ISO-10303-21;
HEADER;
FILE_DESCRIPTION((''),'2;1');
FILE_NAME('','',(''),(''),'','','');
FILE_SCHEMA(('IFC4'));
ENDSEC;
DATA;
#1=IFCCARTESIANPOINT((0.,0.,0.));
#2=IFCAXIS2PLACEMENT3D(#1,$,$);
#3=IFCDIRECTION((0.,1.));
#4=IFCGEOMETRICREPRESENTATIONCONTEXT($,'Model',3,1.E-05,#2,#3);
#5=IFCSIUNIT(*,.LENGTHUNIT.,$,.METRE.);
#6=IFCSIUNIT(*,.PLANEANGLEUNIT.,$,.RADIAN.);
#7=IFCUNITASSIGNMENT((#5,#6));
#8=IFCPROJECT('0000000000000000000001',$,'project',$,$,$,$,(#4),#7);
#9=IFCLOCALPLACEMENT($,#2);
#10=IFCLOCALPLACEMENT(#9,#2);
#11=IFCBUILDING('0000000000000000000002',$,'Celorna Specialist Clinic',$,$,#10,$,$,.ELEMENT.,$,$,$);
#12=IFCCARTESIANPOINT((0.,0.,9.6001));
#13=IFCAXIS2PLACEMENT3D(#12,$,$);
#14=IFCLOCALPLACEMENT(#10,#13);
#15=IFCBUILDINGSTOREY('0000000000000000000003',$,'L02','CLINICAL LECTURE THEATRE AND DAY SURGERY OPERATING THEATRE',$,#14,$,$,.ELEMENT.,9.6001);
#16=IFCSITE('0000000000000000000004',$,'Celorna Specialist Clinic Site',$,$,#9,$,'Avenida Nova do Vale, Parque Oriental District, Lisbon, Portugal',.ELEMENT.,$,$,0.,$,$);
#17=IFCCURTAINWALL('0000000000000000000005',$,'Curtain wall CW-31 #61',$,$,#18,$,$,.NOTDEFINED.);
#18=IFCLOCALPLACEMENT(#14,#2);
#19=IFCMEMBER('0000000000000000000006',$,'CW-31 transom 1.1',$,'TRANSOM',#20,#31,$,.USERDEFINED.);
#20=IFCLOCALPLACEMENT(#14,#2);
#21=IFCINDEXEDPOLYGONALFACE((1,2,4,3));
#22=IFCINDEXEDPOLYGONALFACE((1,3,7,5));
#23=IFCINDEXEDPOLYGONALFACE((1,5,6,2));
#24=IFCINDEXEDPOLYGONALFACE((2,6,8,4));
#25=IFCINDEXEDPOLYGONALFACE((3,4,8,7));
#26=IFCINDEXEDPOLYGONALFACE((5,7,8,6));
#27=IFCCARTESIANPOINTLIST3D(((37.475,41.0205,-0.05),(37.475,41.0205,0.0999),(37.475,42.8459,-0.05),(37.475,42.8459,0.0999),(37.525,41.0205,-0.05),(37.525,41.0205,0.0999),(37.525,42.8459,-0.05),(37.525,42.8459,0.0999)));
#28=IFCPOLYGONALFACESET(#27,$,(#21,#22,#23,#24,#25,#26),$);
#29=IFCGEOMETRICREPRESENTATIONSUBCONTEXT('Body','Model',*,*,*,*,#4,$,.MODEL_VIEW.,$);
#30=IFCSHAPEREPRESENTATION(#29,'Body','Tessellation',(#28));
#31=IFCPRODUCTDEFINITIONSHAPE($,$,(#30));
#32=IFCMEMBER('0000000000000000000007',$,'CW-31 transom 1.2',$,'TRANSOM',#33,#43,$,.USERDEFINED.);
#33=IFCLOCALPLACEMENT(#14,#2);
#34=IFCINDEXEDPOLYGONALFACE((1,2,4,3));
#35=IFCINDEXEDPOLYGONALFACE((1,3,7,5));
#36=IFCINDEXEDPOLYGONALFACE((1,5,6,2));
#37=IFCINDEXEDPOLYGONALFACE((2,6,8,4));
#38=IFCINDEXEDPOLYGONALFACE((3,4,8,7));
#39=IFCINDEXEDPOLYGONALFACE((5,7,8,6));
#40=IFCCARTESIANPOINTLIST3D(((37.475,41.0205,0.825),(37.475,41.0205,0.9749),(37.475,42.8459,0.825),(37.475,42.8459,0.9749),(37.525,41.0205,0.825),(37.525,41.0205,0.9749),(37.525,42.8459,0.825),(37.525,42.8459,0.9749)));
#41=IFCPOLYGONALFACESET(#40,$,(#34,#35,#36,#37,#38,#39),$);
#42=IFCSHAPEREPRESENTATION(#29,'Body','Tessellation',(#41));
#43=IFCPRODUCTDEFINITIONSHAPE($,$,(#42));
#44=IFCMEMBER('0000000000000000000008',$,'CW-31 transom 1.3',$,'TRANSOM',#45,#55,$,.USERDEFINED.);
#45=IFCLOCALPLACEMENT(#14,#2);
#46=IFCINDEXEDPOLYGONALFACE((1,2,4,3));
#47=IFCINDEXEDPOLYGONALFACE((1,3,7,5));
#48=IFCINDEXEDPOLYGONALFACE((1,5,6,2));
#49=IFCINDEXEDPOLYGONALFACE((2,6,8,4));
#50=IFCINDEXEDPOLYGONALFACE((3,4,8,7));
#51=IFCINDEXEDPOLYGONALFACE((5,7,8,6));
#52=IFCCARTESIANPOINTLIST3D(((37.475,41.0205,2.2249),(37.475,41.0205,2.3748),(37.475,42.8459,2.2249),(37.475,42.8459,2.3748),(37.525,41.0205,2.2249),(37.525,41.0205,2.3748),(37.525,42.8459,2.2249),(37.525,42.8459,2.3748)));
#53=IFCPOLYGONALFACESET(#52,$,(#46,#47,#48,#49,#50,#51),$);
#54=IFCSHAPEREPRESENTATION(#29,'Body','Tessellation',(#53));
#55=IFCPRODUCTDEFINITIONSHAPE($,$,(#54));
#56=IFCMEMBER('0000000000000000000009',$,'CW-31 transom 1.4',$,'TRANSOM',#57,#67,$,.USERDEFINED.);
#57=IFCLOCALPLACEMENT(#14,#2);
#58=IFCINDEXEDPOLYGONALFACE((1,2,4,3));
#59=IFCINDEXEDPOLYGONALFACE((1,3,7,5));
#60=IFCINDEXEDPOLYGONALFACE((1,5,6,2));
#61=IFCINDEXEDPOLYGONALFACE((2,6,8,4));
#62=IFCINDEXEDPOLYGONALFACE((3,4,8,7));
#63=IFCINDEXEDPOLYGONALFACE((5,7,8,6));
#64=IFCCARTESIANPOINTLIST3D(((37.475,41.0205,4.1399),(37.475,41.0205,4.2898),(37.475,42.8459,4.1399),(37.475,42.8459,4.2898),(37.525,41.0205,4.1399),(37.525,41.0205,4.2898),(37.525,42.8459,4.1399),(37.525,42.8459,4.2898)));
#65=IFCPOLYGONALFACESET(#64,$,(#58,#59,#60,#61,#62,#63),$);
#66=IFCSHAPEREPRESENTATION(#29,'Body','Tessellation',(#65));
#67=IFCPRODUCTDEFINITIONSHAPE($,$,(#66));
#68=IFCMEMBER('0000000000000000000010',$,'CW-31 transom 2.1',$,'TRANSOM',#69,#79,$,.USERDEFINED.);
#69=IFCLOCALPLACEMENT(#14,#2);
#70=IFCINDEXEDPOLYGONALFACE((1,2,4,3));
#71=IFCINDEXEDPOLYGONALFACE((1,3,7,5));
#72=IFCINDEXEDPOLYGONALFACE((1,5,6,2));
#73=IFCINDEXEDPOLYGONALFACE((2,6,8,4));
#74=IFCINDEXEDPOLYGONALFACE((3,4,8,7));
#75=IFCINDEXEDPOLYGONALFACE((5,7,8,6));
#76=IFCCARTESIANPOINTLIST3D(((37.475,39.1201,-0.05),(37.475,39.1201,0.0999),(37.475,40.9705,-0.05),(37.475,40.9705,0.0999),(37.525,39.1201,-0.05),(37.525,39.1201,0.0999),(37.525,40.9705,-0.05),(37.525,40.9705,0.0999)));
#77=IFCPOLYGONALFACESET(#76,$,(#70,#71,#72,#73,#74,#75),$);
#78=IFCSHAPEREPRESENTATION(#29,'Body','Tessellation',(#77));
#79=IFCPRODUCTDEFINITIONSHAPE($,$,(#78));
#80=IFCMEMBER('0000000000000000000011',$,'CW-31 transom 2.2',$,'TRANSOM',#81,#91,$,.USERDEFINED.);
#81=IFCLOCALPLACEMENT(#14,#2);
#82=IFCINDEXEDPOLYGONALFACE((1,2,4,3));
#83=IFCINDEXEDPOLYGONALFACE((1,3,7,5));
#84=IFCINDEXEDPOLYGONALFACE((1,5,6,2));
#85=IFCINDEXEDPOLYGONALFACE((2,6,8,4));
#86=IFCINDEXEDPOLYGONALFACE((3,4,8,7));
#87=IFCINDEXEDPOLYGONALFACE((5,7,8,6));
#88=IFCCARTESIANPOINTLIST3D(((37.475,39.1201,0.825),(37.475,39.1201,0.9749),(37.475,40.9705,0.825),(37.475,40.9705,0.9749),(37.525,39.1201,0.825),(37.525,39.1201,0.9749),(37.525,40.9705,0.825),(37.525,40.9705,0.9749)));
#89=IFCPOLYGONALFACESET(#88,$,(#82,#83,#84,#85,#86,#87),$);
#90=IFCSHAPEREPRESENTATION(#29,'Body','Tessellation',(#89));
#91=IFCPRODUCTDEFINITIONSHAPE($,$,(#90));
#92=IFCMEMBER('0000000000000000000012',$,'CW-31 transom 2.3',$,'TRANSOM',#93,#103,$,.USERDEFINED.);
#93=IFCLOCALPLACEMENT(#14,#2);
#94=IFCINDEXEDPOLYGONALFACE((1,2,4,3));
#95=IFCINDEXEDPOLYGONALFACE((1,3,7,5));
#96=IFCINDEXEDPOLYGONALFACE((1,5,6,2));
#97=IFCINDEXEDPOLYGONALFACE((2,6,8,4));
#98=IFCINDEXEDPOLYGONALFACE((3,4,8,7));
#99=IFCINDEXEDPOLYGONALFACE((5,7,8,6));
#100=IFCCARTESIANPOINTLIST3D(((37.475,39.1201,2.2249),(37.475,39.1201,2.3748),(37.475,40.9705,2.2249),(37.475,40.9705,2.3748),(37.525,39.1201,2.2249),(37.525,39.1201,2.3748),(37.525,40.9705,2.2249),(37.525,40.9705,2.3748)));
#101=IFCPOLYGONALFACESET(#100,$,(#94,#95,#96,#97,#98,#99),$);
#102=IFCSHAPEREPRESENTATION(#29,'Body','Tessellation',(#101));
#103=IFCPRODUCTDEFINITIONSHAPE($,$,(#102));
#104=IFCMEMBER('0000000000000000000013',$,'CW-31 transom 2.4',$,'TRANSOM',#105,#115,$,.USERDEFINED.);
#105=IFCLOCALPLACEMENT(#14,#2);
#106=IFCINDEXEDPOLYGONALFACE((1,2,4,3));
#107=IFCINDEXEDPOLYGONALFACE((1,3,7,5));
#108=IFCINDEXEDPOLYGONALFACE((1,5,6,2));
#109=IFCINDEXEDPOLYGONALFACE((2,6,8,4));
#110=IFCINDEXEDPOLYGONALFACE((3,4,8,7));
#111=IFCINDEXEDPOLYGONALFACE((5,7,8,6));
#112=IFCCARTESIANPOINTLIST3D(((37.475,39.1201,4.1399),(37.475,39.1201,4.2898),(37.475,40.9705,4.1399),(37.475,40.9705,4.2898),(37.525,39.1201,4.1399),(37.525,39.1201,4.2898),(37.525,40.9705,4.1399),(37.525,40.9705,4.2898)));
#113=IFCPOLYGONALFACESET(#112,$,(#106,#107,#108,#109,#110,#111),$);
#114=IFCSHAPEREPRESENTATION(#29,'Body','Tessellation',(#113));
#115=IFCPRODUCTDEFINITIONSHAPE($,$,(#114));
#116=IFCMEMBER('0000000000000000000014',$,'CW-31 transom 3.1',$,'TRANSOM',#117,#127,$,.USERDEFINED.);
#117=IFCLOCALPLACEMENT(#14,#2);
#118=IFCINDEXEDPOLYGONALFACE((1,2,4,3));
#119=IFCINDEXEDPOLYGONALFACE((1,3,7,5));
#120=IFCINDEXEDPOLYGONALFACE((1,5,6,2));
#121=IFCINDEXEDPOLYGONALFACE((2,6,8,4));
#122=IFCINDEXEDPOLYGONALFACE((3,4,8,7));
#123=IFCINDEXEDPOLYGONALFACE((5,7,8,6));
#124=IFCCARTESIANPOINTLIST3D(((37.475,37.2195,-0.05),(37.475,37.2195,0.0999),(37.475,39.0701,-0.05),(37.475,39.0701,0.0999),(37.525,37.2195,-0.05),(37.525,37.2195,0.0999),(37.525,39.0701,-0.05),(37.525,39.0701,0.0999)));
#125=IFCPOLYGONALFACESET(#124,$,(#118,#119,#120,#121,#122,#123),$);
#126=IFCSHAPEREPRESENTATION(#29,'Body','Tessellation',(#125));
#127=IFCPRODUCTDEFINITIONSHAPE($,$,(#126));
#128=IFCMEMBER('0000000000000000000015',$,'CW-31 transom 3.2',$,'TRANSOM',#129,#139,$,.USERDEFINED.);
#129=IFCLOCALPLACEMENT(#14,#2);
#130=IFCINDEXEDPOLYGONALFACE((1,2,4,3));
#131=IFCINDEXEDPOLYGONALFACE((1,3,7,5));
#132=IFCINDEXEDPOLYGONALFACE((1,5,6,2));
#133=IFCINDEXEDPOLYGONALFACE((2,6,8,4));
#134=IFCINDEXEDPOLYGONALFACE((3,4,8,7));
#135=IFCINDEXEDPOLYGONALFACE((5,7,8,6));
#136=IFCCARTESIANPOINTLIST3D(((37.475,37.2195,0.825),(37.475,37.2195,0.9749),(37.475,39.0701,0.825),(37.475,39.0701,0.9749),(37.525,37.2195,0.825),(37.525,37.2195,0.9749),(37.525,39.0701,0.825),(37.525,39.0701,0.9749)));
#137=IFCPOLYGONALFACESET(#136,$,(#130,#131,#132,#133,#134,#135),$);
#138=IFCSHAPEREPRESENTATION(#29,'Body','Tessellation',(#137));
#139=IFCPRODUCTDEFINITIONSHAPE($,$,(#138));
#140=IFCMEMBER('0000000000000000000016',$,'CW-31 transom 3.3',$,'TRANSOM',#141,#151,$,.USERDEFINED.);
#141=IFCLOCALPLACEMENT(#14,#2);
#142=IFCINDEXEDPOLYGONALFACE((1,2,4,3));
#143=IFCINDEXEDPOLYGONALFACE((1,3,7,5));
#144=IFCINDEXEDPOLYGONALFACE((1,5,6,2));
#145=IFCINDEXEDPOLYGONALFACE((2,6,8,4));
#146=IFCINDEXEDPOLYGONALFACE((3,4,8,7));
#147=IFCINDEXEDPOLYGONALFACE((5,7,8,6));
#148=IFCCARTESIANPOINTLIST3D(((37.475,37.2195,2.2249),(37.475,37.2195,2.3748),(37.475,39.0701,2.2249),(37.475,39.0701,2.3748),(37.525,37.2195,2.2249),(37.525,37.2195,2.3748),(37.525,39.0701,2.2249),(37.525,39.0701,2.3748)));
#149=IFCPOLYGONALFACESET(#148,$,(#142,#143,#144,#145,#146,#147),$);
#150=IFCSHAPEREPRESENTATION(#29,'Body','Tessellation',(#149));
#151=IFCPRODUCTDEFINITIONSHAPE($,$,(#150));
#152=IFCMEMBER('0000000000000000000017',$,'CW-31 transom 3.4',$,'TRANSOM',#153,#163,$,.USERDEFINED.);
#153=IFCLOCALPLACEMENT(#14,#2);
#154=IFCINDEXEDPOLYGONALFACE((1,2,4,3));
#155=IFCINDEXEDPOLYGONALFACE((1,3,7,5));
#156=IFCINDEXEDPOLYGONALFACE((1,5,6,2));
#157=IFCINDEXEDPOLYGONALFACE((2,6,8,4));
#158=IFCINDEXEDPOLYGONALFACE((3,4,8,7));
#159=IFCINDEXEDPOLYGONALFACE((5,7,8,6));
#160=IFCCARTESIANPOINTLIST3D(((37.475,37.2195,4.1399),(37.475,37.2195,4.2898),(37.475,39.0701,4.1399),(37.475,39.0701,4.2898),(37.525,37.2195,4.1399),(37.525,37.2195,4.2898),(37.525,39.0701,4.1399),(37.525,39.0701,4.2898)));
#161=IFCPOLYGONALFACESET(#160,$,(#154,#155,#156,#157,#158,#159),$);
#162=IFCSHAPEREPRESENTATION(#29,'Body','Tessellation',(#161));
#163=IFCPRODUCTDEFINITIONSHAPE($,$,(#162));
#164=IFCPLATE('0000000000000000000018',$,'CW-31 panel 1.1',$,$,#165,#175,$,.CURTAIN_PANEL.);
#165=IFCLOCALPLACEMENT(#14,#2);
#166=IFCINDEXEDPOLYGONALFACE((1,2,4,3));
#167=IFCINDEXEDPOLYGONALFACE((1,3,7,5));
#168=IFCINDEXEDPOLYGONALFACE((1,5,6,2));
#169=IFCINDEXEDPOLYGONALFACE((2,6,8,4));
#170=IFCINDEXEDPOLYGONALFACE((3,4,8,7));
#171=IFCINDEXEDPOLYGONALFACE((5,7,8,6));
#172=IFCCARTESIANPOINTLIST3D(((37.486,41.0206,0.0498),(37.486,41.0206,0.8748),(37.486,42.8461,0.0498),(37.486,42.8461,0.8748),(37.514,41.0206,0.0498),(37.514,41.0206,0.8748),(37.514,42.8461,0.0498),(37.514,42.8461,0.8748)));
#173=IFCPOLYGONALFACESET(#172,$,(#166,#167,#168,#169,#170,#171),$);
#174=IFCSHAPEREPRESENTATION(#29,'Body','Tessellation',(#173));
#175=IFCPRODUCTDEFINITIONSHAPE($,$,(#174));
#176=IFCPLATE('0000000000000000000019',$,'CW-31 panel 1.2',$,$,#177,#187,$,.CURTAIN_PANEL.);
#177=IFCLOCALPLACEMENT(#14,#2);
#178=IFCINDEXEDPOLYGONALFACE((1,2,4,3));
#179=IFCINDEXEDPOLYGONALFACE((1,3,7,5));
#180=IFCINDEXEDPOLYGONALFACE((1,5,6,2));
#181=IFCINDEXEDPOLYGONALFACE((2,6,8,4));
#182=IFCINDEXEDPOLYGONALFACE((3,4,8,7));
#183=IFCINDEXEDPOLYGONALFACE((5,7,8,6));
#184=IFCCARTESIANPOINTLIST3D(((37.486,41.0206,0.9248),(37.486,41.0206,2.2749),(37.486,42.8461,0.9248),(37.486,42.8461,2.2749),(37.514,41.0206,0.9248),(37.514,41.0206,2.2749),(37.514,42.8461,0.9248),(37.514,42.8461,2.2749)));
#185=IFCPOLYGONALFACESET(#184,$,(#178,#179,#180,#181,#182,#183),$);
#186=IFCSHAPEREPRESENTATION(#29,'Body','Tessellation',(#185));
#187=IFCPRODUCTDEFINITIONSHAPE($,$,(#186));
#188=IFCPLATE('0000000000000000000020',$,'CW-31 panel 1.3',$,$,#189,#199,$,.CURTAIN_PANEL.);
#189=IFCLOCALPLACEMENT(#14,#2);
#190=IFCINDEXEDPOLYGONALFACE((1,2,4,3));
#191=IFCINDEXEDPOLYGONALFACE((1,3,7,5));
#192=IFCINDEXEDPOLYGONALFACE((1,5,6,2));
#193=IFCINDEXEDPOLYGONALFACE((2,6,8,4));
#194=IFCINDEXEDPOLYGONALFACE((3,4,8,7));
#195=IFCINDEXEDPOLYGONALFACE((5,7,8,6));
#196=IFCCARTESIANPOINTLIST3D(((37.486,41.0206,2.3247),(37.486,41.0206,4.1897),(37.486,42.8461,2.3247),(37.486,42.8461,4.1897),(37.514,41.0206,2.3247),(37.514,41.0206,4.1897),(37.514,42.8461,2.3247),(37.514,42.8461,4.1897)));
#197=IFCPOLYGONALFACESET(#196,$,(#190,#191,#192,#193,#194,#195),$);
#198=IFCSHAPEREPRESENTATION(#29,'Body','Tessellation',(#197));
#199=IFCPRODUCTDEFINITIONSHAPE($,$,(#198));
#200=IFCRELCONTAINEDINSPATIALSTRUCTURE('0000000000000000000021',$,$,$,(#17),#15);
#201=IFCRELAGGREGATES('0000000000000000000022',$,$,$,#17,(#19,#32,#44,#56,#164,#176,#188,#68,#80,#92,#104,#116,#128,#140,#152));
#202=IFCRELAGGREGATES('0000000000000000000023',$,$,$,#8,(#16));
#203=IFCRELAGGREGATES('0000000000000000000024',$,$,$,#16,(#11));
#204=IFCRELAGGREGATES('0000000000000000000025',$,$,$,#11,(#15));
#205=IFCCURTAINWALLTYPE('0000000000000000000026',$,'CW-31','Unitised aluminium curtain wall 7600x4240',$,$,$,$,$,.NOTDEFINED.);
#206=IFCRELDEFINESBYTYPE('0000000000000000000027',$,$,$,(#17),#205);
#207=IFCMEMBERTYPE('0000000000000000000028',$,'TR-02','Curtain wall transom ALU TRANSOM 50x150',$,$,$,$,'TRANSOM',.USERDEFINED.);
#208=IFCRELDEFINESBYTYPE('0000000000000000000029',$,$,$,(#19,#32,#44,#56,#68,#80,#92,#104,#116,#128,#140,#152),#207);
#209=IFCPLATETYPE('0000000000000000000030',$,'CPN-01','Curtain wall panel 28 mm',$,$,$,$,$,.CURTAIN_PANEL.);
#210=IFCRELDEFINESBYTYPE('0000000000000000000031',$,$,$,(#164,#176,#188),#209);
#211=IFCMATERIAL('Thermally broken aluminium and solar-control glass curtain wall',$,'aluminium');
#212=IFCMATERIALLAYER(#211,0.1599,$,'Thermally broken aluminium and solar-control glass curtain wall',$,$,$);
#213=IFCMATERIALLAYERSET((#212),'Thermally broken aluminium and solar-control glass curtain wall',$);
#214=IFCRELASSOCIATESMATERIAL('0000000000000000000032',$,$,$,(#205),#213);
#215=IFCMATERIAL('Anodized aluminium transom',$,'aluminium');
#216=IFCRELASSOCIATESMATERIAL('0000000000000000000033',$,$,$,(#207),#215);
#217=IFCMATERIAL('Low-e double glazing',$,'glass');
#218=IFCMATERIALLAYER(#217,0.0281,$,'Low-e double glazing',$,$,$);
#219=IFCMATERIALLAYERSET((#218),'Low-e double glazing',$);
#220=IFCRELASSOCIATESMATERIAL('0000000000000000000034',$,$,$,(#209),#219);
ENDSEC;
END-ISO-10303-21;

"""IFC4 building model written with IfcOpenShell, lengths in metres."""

from ifc_helpers import new_model, si_unit, direction, frame, origin, origin_2d, place, context, subcontext, project, spatial, rectangle, extrude, material, layer, layer_set, material_profile, profile_set, type_object, element, aggregate, save


model = new_model("IFC4")

# Units and contexts
model_context = context("Model", 3, precision=1e-05, world=origin(), true_north=direction((0.0, 1.0)))
body_context = subcontext(model_context, "Body", "Model", "MODEL_VIEW")
ifc_project = project(units=[si_unit("LENGTHUNIT", "METRE"), si_unit("PLANEANGLEUNIT", "RADIAN")], contexts=[model_context])

# Site, building, storey
site_placement = place(None, origin())
site = spatial("IfcSite", under=ifc_project, at=site_placement, Name="Celorna Specialist Clinic Site", LongName="Avenida Nova do Vale, Parque Oriental District, Lisbon, Portugal", CompositionType="ELEMENT", RefElevation=0.0)
building_placement = place(site_placement, origin())
building = spatial("IfcBuilding", under=site, at=building_placement, Name="Celorna Specialist Clinic", CompositionType="ELEMENT")
storey_placement = place(building_placement, frame((0.0, 0.0, 9.6001)))
storey = spatial("IfcBuildingStorey", under=building, at=storey_placement, Name="L02", Description="CLINICAL LECTURE THEATRE AND DAY SURGERY OPERATING THEATRE", CompositionType="ELEMENT", Elevation=9.6001)

# Curtain wall, members, plates
ifc_material_1 = material(Name="Thermally broken aluminium and solar-control glass curtain wall", Category="aluminium")
ifc_layer_1 = layer(ifc_material_1, 0.1599, Name="Thermally broken aluminium and solar-control glass curtain wall")
ifc_layer_set_1 = layer_set([ifc_layer_1], Name="Thermally broken aluminium and solar-control glass curtain wall")
curtain_wall_type = type_object("IfcCurtainWallType", Name="CW-31", Description="Unitised aluminium curtain wall 7600x4240", PredefinedType="NOTDEFINED", material=ifc_layer_set_1)
curtain_wall_placement = place(storey_placement, origin())
curtain_wall = element("IfcCurtainWall", 1, at=curtain_wall_placement, inside=storey, type_object=curtain_wall_type, Name="Curtain wall CW-31 #61", PredefinedType="NOTDEFINED")
ifc_material_2 = material(Name="Anodized aluminium transom", Category="aluminium")
ifc_material_profile_1 = material_profile(ifc_material_2, rectangle(XDim=0.05, YDim=0.1499, at=origin_2d()), Name="ALU TRANSOM 50x150")
ifc_profile_set_1 = profile_set([ifc_material_profile_1], Name="Anodized aluminium transom")
member_type_1 = type_object("IfcMemberType", Name="TR-02", Description="Curtain wall transom ALU TRANSOM 50x150", ElementType="TRANSOM", PredefinedType="USERDEFINED", material=ifc_profile_set_1)
member_1_placement = place(storey_placement, frame((37.5, 42.8459, 0.0249), z_axis=(0.0, -1.0, 0.0), x_axis=(1.0, 0.0, 0.0)))
member_1 = element("IfcMember", 2, at=member_1_placement, type_object=member_type_1, Name="CW-31 transom 1.1", ObjectType="TRANSOM", PredefinedType="USERDEFINED", context=body_context, shape_type="SweptSolid", body=[
    extrude(rectangle(XDim=0.05, YDim=0.1499, at=origin_2d()), origin(), (0.0, 0.0, 1.0), 1.8254),
])
member_2_placement = place(storey_placement, frame((37.5, 42.8459, 0.8999), z_axis=(0.0, -1.0, 0.0), x_axis=(1.0, 0.0, 0.0)))
member_2 = element("IfcMember", 3, at=member_2_placement, type_object=member_type_1, Name="CW-31 transom 1.2", ObjectType="TRANSOM", PredefinedType="USERDEFINED", context=body_context, shape_type="SweptSolid", body=[
    extrude(rectangle(XDim=0.05, YDim=0.1499, at=origin_2d()), origin(), (0.0, 0.0, 1.0), 1.8254),
])
member_3_placement = place(storey_placement, frame((37.5, 42.8459, 2.2998), z_axis=(0.0, -1.0, 0.0), x_axis=(1.0, 0.0, 0.0)))
member_3 = element("IfcMember", 4, at=member_3_placement, type_object=member_type_1, Name="CW-31 transom 1.3", ObjectType="TRANSOM", PredefinedType="USERDEFINED", context=body_context, shape_type="SweptSolid", body=[
    extrude(rectangle(XDim=0.05, YDim=0.1499, at=origin_2d()), origin(), (0.0, 0.0, 1.0), 1.8254),
])
member_4_placement = place(storey_placement, frame((37.5, 42.8459, 4.2148), z_axis=(0.0, -1.0, 0.0), x_axis=(1.0, 0.0, 0.0)))
member_4 = element("IfcMember", 5, at=member_4_placement, type_object=member_type_1, Name="CW-31 transom 1.4", ObjectType="TRANSOM", PredefinedType="USERDEFINED", context=body_context, shape_type="SweptSolid", body=[
    extrude(rectangle(XDim=0.05, YDim=0.1499, at=origin_2d()), origin(), (0.0, 0.0, 1.0), 1.8254),
])
member_5_placement = place(storey_placement, frame((37.5, 40.9705, 0.0249), z_axis=(0.0, -1.0, 0.0), x_axis=(1.0, 0.0, 0.0)))
member_5 = element("IfcMember", 6, at=member_5_placement, type_object=member_type_1, Name="CW-31 transom 2.1", ObjectType="TRANSOM", PredefinedType="USERDEFINED", context=body_context, shape_type="SweptSolid", body=[
    extrude(rectangle(XDim=0.05, YDim=0.1499, at=origin_2d()), origin(), (0.0, 0.0, 1.0), 1.8503),
])
member_6_placement = place(storey_placement, frame((37.5, 40.9705, 0.8999), z_axis=(0.0, -1.0, 0.0), x_axis=(1.0, 0.0, 0.0)))
member_6 = element("IfcMember", 7, at=member_6_placement, type_object=member_type_1, Name="CW-31 transom 2.2", ObjectType="TRANSOM", PredefinedType="USERDEFINED", context=body_context, shape_type="SweptSolid", body=[
    extrude(rectangle(XDim=0.05, YDim=0.1499, at=origin_2d()), origin(), (0.0, 0.0, 1.0), 1.8503),
])
member_7_placement = place(storey_placement, frame((37.5, 40.9705, 2.2998), z_axis=(0.0, -1.0, 0.0), x_axis=(1.0, 0.0, 0.0)))
member_7 = element("IfcMember", 8, at=member_7_placement, type_object=member_type_1, Name="CW-31 transom 2.3", ObjectType="TRANSOM", PredefinedType="USERDEFINED", context=body_context, shape_type="SweptSolid", body=[
    extrude(rectangle(XDim=0.05, YDim=0.1499, at=origin_2d()), origin(), (0.0, 0.0, 1.0), 1.8503),
])
member_8_placement = place(storey_placement, frame((37.5, 40.9705, 4.2148), z_axis=(0.0, -1.0, 0.0), x_axis=(1.0, 0.0, 0.0)))
member_8 = element("IfcMember", 9, at=member_8_placement, type_object=member_type_1, Name="CW-31 transom 2.4", ObjectType="TRANSOM", PredefinedType="USERDEFINED", context=body_context, shape_type="SweptSolid", body=[
    extrude(rectangle(XDim=0.05, YDim=0.1499, at=origin_2d()), origin(), (0.0, 0.0, 1.0), 1.8503),
])
member_9_placement = place(storey_placement, frame((37.5, 39.0701, 0.0249), z_axis=(0.0, -1.0, 0.0), x_axis=(1.0, 0.0, 0.0)))
member_9 = element("IfcMember", 10, at=member_9_placement, type_object=member_type_1, Name="CW-31 transom 3.1", ObjectType="TRANSOM", PredefinedType="USERDEFINED", context=body_context, shape_type="SweptSolid", body=[
    extrude(rectangle(XDim=0.05, YDim=0.1499, at=origin_2d()), origin(), (0.0, 0.0, 1.0), 1.8506),
])
member_10_placement = place(storey_placement, frame((37.5, 39.0701, 0.8999), z_axis=(0.0, -1.0, 0.0), x_axis=(1.0, 0.0, 0.0)))
member_10 = element("IfcMember", 11, at=member_10_placement, type_object=member_type_1, Name="CW-31 transom 3.2", ObjectType="TRANSOM", PredefinedType="USERDEFINED", context=body_context, shape_type="SweptSolid", body=[
    extrude(rectangle(XDim=0.05, YDim=0.1499, at=origin_2d()), origin(), (0.0, 0.0, 1.0), 1.8506),
])
member_11_placement = place(storey_placement, frame((37.5, 39.0701, 2.2998), z_axis=(0.0, -1.0, 0.0), x_axis=(1.0, 0.0, 0.0)))
member_11 = element("IfcMember", 12, at=member_11_placement, type_object=member_type_1, Name="CW-31 transom 3.3", ObjectType="TRANSOM", PredefinedType="USERDEFINED", context=body_context, shape_type="SweptSolid", body=[
    extrude(rectangle(XDim=0.05, YDim=0.1499, at=origin_2d()), origin(), (0.0, 0.0, 1.0), 1.8506),
])
member_12_placement = place(storey_placement, frame((37.5, 39.0701, 4.2148), z_axis=(0.0, -1.0, 0.0), x_axis=(1.0, 0.0, 0.0)))
member_12 = element("IfcMember", 13, at=member_12_placement, type_object=member_type_1, Name="CW-31 transom 3.4", ObjectType="TRANSOM", PredefinedType="USERDEFINED", context=body_context, shape_type="SweptSolid", body=[
    extrude(rectangle(XDim=0.05, YDim=0.1499, at=origin_2d()), origin(), (0.0, 0.0, 1.0), 1.8506),
])
ifc_material_3 = material(Name="Low-e double glazing", Category="glass")
ifc_layer_2 = layer(ifc_material_3, 0.0281, Name="Low-e double glazing")
ifc_layer_set_2 = layer_set([ifc_layer_2], Name="Low-e double glazing")
plate_type_1 = type_object("IfcPlateType", Name="CPN-01", Description="Curtain wall panel 28 mm", PredefinedType="CURTAIN_PANEL", material=ifc_layer_set_2)
plate_1_placement = place(storey_placement, frame((37.5, 41.9333, 0.0498), z_axis=(0.0, 0.0, 1.0), x_axis=(0.0, -1.0, 0.0)))
plate_1 = element("IfcPlate", 14, at=plate_1_placement, type_object=plate_type_1, Name="CW-31 panel 1.1", PredefinedType="CURTAIN_PANEL", context=body_context, shape_type="SweptSolid", body=[
    extrude(rectangle(XDim=1.8254, YDim=0.0281, at=origin_2d()), origin(), (0.0, 0.0, 1.0), 0.825),
])
plate_2_placement = place(storey_placement, frame((37.5, 41.9333, 0.9248), z_axis=(0.0, 0.0, 1.0), x_axis=(0.0, -1.0, 0.0)))
plate_2 = element("IfcPlate", 15, at=plate_2_placement, type_object=plate_type_1, Name="CW-31 panel 1.2", PredefinedType="CURTAIN_PANEL", context=body_context, shape_type="SweptSolid", body=[
    extrude(rectangle(XDim=1.8254, YDim=0.0281, at=origin_2d()), origin(), (0.0, 0.0, 1.0), 1.3501),
])
plate_3_placement = place(storey_placement, frame((37.5, 41.9333, 2.3247), z_axis=(0.0, 0.0, 1.0), x_axis=(0.0, -1.0, 0.0)))
plate_3 = element("IfcPlate", 16, at=plate_3_placement, type_object=plate_type_1, Name="CW-31 panel 1.3", PredefinedType="CURTAIN_PANEL", context=body_context, shape_type="SweptSolid", body=[
    extrude(rectangle(XDim=1.8254, YDim=0.0281, at=origin_2d()), origin(), (0.0, 0.0, 1.0), 1.865),
])
aggregate(curtain_wall, [member_1, member_2, member_3, member_4, plate_1, plate_2, plate_3, member_5, member_6, member_7, member_8, member_9, member_10, member_11, member_12])

save(model, "model.ifc")
